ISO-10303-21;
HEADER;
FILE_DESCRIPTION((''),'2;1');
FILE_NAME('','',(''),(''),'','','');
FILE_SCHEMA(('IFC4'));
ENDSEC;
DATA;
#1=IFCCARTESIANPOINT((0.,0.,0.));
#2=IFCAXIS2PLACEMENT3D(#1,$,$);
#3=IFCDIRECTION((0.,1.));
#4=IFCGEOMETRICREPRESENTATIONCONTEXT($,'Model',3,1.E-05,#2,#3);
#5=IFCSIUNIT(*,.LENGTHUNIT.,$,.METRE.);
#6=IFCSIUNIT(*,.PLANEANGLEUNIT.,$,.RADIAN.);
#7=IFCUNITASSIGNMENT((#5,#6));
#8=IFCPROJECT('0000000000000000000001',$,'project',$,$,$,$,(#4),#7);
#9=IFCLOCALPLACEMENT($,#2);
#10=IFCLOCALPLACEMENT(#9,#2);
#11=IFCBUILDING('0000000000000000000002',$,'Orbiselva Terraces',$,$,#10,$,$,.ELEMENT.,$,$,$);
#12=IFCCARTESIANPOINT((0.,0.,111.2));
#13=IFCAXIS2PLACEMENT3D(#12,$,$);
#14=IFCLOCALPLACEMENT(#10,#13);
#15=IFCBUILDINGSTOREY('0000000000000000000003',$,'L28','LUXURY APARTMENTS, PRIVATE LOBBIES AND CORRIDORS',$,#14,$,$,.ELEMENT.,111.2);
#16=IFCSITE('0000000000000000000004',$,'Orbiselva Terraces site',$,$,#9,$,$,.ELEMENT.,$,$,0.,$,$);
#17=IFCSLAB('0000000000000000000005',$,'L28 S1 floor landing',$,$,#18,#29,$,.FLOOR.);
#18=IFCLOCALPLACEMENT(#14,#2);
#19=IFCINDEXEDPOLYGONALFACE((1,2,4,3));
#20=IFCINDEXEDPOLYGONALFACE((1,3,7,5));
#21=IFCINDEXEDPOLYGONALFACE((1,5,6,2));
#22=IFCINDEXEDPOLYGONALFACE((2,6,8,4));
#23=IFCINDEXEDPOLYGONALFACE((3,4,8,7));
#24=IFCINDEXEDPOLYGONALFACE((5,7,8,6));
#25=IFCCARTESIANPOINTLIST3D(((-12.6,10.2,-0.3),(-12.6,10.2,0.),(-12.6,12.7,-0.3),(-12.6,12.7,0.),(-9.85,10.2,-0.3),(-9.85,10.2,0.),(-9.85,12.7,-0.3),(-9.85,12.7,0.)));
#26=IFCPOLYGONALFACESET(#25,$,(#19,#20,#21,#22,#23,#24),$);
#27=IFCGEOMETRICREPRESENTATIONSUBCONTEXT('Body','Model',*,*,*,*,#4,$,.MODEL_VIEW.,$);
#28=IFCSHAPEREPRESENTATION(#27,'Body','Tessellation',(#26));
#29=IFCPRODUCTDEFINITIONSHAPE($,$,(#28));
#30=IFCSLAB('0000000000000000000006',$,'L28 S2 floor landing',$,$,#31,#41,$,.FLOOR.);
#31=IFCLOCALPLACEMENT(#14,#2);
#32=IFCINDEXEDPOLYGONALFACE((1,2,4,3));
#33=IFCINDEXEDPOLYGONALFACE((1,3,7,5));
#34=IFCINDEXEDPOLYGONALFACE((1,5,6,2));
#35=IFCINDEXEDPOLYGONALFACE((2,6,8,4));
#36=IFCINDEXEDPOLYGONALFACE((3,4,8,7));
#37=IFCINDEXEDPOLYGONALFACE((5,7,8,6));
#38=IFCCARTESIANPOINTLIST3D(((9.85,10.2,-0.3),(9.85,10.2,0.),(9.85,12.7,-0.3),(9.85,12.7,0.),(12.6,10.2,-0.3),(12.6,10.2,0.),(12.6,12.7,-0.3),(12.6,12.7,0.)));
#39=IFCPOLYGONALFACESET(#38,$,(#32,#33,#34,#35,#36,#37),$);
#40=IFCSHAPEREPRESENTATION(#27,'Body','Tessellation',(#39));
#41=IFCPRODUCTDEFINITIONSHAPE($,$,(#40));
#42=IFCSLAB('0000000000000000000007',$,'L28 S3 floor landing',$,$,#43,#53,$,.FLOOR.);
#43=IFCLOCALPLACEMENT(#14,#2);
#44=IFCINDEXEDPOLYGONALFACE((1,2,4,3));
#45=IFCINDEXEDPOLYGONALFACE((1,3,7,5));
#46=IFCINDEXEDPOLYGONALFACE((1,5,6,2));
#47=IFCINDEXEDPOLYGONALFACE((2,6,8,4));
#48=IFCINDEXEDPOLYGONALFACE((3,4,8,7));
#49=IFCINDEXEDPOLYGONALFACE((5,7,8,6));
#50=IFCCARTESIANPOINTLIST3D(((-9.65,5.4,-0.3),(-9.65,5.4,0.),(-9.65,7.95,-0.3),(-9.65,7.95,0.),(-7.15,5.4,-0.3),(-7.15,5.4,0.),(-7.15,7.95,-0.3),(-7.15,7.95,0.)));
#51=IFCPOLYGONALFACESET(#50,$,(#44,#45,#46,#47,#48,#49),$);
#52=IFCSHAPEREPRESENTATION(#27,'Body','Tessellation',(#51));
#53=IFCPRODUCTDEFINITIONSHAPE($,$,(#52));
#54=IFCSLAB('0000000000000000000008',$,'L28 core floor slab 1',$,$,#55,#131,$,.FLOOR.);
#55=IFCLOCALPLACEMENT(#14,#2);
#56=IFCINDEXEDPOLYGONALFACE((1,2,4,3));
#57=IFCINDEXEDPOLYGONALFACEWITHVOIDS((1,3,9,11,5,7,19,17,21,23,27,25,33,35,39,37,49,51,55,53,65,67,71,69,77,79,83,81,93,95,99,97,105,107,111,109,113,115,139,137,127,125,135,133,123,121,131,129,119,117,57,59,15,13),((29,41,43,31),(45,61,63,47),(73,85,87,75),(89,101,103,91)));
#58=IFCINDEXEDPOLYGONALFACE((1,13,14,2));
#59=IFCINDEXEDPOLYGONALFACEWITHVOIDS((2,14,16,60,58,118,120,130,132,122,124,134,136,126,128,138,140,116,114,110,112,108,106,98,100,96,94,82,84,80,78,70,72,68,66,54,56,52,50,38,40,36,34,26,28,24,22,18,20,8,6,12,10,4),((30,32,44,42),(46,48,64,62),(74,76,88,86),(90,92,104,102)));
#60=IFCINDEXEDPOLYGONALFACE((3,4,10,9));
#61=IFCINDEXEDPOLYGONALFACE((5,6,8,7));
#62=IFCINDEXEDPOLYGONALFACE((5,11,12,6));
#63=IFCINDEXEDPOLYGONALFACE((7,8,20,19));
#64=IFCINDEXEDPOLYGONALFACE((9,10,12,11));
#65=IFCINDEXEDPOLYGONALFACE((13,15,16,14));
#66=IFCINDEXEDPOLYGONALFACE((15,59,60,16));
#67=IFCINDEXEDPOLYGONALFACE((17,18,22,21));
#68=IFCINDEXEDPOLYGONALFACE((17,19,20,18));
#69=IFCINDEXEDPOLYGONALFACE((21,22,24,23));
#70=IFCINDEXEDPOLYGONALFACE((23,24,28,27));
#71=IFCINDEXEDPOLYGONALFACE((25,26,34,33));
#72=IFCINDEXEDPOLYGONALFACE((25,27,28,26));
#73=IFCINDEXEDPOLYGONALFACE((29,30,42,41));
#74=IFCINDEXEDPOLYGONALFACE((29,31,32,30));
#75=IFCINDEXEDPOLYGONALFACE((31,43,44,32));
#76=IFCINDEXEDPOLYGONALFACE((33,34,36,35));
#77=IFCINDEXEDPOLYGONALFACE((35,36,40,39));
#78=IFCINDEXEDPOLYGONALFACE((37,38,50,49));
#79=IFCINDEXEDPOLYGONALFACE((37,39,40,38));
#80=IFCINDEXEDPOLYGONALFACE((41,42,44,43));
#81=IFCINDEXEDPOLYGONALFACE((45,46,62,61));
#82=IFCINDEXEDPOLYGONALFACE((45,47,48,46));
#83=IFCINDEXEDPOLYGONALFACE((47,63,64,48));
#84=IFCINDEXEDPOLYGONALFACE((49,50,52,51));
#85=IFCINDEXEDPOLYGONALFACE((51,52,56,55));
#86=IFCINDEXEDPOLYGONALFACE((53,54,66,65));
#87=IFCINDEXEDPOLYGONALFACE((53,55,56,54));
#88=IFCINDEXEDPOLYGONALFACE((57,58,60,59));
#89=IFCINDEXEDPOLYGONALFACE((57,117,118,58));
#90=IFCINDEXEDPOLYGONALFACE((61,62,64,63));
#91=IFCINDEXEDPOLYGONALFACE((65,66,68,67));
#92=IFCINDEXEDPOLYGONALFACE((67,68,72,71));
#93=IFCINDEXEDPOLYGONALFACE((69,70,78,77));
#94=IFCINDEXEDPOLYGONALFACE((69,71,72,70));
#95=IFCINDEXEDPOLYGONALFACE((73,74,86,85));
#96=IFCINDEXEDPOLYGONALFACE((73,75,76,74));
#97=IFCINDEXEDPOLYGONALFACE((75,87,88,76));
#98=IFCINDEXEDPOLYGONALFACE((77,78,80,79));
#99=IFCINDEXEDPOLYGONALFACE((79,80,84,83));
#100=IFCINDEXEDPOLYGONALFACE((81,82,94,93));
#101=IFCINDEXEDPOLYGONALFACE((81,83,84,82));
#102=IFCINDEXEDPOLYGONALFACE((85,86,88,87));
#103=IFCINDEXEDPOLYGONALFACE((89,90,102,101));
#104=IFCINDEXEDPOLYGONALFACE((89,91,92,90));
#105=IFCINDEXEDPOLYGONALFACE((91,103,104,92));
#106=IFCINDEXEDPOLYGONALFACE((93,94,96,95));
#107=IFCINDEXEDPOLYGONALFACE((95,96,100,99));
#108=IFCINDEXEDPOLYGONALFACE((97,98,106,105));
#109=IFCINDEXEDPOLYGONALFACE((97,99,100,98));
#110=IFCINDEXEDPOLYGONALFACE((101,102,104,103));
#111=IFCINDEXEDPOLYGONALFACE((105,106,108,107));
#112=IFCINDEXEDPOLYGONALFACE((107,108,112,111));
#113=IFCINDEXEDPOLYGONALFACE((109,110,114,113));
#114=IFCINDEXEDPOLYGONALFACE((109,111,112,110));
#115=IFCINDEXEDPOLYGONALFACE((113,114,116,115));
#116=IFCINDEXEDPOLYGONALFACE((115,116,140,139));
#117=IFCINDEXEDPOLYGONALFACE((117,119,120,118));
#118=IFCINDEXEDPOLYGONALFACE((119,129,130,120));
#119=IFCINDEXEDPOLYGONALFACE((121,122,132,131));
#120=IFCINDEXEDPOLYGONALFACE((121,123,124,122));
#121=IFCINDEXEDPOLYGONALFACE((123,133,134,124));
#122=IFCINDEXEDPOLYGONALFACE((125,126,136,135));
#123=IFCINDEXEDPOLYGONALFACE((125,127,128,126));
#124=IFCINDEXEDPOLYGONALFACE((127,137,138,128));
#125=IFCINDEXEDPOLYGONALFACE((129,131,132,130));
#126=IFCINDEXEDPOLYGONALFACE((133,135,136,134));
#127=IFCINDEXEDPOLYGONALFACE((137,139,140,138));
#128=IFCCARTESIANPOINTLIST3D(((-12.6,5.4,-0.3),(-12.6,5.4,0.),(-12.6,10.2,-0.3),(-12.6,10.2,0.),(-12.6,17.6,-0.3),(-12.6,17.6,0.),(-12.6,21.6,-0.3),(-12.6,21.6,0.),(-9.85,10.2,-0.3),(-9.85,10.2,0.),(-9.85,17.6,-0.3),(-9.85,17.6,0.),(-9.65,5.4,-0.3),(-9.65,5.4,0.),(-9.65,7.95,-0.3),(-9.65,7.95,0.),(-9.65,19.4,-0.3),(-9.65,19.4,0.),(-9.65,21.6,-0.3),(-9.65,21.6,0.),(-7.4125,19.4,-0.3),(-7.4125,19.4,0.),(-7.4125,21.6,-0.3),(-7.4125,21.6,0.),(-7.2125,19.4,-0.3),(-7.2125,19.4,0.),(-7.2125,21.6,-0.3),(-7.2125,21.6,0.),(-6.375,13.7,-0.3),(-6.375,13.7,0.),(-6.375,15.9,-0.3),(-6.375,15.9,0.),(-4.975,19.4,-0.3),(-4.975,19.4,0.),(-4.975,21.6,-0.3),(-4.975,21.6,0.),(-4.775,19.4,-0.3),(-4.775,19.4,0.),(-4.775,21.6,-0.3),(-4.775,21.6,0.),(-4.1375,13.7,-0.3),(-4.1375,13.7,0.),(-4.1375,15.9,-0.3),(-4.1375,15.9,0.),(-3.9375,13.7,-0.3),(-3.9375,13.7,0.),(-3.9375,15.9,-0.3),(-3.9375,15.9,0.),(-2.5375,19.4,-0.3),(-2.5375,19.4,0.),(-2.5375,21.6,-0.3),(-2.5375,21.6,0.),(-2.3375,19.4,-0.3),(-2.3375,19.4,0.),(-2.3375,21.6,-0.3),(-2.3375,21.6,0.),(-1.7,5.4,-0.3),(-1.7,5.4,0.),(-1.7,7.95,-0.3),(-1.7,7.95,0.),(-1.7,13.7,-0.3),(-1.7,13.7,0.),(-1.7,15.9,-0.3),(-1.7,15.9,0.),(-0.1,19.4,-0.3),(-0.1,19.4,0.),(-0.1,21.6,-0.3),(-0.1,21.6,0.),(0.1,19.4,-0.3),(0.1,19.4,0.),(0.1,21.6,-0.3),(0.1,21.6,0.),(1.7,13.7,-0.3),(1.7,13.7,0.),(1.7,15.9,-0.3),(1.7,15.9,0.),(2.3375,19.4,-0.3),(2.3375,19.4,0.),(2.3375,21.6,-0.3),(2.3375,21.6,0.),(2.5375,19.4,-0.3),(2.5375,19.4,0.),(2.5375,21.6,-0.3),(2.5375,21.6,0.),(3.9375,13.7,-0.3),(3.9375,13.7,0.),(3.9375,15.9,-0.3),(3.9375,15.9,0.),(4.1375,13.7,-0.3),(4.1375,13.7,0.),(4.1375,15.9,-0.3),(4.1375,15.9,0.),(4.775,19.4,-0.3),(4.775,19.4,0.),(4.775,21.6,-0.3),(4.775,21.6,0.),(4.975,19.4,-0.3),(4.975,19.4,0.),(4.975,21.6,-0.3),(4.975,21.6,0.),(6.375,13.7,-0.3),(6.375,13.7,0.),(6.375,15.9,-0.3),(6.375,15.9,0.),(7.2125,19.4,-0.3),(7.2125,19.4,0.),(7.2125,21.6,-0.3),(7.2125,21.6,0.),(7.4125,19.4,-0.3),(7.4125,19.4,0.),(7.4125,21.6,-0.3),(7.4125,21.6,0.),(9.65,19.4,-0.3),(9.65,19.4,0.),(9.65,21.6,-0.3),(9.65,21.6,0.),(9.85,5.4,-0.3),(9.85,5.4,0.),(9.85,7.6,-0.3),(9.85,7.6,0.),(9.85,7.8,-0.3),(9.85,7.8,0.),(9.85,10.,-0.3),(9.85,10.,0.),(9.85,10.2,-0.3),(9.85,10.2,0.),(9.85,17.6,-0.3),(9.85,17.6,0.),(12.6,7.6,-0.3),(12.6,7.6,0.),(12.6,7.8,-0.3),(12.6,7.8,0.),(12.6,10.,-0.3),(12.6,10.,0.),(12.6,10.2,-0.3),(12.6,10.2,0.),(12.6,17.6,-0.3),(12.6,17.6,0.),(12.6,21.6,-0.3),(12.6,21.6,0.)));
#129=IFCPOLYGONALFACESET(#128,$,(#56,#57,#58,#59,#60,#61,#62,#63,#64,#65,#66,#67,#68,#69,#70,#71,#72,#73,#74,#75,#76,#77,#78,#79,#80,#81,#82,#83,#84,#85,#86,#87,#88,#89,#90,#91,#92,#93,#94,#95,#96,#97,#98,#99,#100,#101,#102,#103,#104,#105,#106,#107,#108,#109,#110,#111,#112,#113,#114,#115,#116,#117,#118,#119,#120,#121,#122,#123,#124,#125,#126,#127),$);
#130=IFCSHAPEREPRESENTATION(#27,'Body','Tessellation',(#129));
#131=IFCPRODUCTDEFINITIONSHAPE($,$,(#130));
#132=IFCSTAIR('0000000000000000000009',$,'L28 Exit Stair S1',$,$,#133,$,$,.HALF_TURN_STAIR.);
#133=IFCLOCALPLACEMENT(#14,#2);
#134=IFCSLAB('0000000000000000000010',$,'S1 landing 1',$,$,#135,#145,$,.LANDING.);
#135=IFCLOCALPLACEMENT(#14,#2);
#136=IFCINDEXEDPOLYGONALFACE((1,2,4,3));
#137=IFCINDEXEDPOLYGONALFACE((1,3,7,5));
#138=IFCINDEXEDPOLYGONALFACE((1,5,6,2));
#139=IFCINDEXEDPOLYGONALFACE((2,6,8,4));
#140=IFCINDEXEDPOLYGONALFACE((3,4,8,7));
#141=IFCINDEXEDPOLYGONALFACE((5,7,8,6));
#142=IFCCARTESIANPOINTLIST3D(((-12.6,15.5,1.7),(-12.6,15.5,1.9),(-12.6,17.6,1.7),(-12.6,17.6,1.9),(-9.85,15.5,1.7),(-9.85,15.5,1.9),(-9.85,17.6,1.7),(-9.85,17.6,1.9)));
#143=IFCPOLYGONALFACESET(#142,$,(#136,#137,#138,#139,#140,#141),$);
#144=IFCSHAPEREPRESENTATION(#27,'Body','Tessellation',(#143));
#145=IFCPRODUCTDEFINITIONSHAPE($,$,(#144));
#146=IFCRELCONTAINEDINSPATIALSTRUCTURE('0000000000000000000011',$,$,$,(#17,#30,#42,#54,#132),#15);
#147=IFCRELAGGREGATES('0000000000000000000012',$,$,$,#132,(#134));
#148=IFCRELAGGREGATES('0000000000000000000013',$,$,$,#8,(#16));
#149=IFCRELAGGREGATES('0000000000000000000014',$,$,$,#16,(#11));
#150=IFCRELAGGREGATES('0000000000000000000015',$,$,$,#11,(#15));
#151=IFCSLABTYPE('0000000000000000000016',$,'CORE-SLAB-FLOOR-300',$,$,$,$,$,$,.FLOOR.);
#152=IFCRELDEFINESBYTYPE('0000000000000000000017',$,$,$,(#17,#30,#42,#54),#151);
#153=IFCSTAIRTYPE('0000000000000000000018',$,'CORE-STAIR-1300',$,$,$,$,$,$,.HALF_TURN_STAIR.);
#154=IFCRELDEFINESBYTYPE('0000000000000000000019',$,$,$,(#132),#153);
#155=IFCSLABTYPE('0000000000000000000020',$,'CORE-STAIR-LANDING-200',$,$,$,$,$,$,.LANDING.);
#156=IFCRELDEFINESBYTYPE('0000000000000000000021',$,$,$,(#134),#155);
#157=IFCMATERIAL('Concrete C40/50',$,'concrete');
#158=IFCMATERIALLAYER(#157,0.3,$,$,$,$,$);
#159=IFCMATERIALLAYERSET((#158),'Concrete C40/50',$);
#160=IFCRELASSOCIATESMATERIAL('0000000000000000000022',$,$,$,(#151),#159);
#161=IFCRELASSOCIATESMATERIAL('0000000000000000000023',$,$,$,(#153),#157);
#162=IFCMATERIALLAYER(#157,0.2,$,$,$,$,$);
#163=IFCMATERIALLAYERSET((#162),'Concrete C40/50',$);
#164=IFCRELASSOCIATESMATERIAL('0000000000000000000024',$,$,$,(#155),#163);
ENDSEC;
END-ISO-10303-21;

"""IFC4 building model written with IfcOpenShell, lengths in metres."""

from ifc_helpers import new_model, si_unit, direction, frame, origin, place, context, subcontext, project, spatial, polyline, outline, extrude, material, layer, layer_set, type_object, element, aggregate, save


model = new_model("IFC4")

# Units and contexts
model_context = context("Model", 3, precision=1e-05, world=origin(), true_north=direction((0.0, 1.0)))
body_context = subcontext(model_context, "Body", "Model", "MODEL_VIEW")
ifc_project = project(units=[si_unit("LENGTHUNIT", "METRE"), si_unit("PLANEANGLEUNIT", "RADIAN")], contexts=[model_context])

# Site, building, storey
site_placement = place(None, origin())
site = spatial("IfcSite", under=ifc_project, at=site_placement, Name="Orbiselva Terraces site", CompositionType="ELEMENT", RefElevation=0.0)
building_placement = place(site_placement, origin())
building = spatial("IfcBuilding", under=site, at=building_placement, Name="Orbiselva Terraces", CompositionType="ELEMENT")
storey_placement = place(building_placement, frame((0.0, 0.0, 111.2)))
storey = spatial("IfcBuildingStorey", under=building, at=storey_placement, Name="L28", Description="LUXURY APARTMENTS, PRIVATE LOBBIES AND CORRIDORS", CompositionType="ELEMENT", Elevation=111.2)

# Slabs
ifc_material_1 = material(Name="Concrete C40/50", Category="concrete")
ifc_layer_1 = layer(ifc_material_1, 0.3)
ifc_layer_set_1 = layer_set([ifc_layer_1], Name="Concrete C40/50")
slab_type_1 = type_object("IfcSlabType", Name="CORE-SLAB-FLOOR-300", PredefinedType="FLOOR", material=ifc_layer_set_1)
slab_1_placement = place(storey_placement, frame((0.0, 0.0, -0.3)))
element("IfcSlab", 1, at=slab_1_placement, inside=storey, type_object=slab_type_1, Name="L28 S1 floor landing", PredefinedType="FLOOR", context=body_context, shape_type="SweptSolid", body=[
    extrude(outline(polyline([(-12.6, 12.7), (-9.85, 12.7), (-9.85, 10.2), (-12.6, 10.2), (-12.6, 12.7)])), origin(), (0.0, 0.0, 1.0), 0.3),
])
slab_2_placement = place(storey_placement, frame((0.0, 0.0, -0.3)))
element("IfcSlab", 2, at=slab_2_placement, inside=storey, type_object=slab_type_1, Name="L28 S2 floor landing", PredefinedType="FLOOR", context=body_context, shape_type="SweptSolid", body=[
    extrude(outline(polyline([(12.6, 12.7), (12.6, 10.2), (9.85, 10.2), (9.85, 12.7), (12.6, 12.7)])), origin(), (0.0, 0.0, 1.0), 0.3),
])
slab_3_placement = place(storey_placement, frame((0.0, 0.0, -0.3)))
element("IfcSlab", 3, at=slab_3_placement, inside=storey, type_object=slab_type_1, Name="L28 S3 floor landing", PredefinedType="FLOOR", context=body_context, shape_type="SweptSolid", body=[
    extrude(outline(polyline([(-7.15, 5.4), (-9.65, 5.4), (-9.65, 7.95), (-7.15, 7.95), (-7.15, 5.4)])), origin(), (0.0, 0.0, 1.0), 0.3),
])
slab_4_placement = place(storey_placement, frame((0.0, 0.0, -0.3)))
element("IfcSlab", 4, at=slab_4_placement, inside=storey, type_object=slab_type_1, Name="L28 core floor slab 1", PredefinedType="FLOOR", context=body_context, shape_type="SweptSolid", body=[
    extrude(outline(polyline([(-1.7, 5.4), (-1.7, 7.95), (-9.65, 7.95), (-9.65, 5.4), (-12.6, 5.4), (-12.6, 10.2), (-9.85, 10.2), (-9.85, 17.6), (-12.6, 17.6), (-12.6, 21.6), (-9.65, 21.6), (-9.65, 19.4), (-7.4125, 19.4), (-7.4125, 21.6), (-7.2125, 21.6), (-7.2125, 19.4), (-4.975, 19.4), (-4.975, 21.6), (-4.775, 21.6), (-4.775, 19.4), (-2.5375, 19.4), (-2.5375, 21.6), (-2.3375, 21.6), (-2.3375, 19.4), (-0.1, 19.4), (-0.1, 21.6), (0.1, 21.6), (0.1, 19.4), (2.3375, 19.4), (2.3375, 21.6), (2.5375, 21.6), (2.5375, 19.4), (4.775, 19.4), (4.775, 21.6), (4.975, 21.6), (4.975, 19.4), (7.2125, 19.4), (7.2125, 21.6), (7.4125, 21.6), (7.4125, 19.4), (9.65, 19.4), (9.65, 21.6), (12.6, 21.6), (12.6, 17.6), (9.85, 17.6), (9.85, 10.2), (12.6, 10.2), (12.6, 10.0), (9.85, 10.0), (9.85, 7.8), (12.6, 7.8), (12.6, 7.6), (9.85, 7.6), (9.85, 5.4), (-1.7, 5.4)]), holes=[polyline([(-4.1375, 13.7), (-4.1375, 15.9), (-6.375, 15.9), (-6.375, 13.7), (-4.1375, 13.7)]), polyline([(-1.7, 13.7), (-1.7, 15.9), (-3.9375, 15.9), (-3.9375, 13.7), (-1.7, 13.7)]), polyline([(3.9375, 13.7), (3.9375, 15.9), (1.7, 15.9), (1.7, 13.7), (3.9375, 13.7)]), polyline([(6.375, 13.7), (6.375, 15.9), (4.1375, 15.9), (4.1375, 13.7), (6.375, 13.7)])]), origin(), (0.0, 0.0, 1.0), 0.3),
])

# Stair, slab
stair_type = type_object("IfcStairType", Name="CORE-STAIR-1300", PredefinedType="HALF_TURN_STAIR", material=ifc_material_1)
stair_placement = place(storey_placement, origin())
stair = element("IfcStair", 5, at=stair_placement, inside=storey, type_object=stair_type, Name="L28 Exit Stair S1", PredefinedType="HALF_TURN_STAIR")
ifc_layer_2 = layer(ifc_material_1, 0.2)
ifc_layer_set_2 = layer_set([ifc_layer_2], Name="Concrete C40/50")
slab_type_2 = type_object("IfcSlabType", Name="CORE-STAIR-LANDING-200", PredefinedType="LANDING", material=ifc_layer_set_2)
slab_5_placement = place(storey_placement, frame((0.0, 0.0, 1.7)))
slab_5 = element("IfcSlab", 6, at=slab_5_placement, type_object=slab_type_2, Name="S1 landing 1", PredefinedType="LANDING", context=body_context, shape_type="SweptSolid", body=[
    extrude(outline(polyline([(-9.85, 15.5), (-9.85, 17.6), (-12.6, 17.6), (-12.6, 15.5), (-9.85, 15.5)])), origin(), (0.0, 0.0, 1.0), 0.2),
])
aggregate(stair, [slab_5])

save(model, "model.ifc")
